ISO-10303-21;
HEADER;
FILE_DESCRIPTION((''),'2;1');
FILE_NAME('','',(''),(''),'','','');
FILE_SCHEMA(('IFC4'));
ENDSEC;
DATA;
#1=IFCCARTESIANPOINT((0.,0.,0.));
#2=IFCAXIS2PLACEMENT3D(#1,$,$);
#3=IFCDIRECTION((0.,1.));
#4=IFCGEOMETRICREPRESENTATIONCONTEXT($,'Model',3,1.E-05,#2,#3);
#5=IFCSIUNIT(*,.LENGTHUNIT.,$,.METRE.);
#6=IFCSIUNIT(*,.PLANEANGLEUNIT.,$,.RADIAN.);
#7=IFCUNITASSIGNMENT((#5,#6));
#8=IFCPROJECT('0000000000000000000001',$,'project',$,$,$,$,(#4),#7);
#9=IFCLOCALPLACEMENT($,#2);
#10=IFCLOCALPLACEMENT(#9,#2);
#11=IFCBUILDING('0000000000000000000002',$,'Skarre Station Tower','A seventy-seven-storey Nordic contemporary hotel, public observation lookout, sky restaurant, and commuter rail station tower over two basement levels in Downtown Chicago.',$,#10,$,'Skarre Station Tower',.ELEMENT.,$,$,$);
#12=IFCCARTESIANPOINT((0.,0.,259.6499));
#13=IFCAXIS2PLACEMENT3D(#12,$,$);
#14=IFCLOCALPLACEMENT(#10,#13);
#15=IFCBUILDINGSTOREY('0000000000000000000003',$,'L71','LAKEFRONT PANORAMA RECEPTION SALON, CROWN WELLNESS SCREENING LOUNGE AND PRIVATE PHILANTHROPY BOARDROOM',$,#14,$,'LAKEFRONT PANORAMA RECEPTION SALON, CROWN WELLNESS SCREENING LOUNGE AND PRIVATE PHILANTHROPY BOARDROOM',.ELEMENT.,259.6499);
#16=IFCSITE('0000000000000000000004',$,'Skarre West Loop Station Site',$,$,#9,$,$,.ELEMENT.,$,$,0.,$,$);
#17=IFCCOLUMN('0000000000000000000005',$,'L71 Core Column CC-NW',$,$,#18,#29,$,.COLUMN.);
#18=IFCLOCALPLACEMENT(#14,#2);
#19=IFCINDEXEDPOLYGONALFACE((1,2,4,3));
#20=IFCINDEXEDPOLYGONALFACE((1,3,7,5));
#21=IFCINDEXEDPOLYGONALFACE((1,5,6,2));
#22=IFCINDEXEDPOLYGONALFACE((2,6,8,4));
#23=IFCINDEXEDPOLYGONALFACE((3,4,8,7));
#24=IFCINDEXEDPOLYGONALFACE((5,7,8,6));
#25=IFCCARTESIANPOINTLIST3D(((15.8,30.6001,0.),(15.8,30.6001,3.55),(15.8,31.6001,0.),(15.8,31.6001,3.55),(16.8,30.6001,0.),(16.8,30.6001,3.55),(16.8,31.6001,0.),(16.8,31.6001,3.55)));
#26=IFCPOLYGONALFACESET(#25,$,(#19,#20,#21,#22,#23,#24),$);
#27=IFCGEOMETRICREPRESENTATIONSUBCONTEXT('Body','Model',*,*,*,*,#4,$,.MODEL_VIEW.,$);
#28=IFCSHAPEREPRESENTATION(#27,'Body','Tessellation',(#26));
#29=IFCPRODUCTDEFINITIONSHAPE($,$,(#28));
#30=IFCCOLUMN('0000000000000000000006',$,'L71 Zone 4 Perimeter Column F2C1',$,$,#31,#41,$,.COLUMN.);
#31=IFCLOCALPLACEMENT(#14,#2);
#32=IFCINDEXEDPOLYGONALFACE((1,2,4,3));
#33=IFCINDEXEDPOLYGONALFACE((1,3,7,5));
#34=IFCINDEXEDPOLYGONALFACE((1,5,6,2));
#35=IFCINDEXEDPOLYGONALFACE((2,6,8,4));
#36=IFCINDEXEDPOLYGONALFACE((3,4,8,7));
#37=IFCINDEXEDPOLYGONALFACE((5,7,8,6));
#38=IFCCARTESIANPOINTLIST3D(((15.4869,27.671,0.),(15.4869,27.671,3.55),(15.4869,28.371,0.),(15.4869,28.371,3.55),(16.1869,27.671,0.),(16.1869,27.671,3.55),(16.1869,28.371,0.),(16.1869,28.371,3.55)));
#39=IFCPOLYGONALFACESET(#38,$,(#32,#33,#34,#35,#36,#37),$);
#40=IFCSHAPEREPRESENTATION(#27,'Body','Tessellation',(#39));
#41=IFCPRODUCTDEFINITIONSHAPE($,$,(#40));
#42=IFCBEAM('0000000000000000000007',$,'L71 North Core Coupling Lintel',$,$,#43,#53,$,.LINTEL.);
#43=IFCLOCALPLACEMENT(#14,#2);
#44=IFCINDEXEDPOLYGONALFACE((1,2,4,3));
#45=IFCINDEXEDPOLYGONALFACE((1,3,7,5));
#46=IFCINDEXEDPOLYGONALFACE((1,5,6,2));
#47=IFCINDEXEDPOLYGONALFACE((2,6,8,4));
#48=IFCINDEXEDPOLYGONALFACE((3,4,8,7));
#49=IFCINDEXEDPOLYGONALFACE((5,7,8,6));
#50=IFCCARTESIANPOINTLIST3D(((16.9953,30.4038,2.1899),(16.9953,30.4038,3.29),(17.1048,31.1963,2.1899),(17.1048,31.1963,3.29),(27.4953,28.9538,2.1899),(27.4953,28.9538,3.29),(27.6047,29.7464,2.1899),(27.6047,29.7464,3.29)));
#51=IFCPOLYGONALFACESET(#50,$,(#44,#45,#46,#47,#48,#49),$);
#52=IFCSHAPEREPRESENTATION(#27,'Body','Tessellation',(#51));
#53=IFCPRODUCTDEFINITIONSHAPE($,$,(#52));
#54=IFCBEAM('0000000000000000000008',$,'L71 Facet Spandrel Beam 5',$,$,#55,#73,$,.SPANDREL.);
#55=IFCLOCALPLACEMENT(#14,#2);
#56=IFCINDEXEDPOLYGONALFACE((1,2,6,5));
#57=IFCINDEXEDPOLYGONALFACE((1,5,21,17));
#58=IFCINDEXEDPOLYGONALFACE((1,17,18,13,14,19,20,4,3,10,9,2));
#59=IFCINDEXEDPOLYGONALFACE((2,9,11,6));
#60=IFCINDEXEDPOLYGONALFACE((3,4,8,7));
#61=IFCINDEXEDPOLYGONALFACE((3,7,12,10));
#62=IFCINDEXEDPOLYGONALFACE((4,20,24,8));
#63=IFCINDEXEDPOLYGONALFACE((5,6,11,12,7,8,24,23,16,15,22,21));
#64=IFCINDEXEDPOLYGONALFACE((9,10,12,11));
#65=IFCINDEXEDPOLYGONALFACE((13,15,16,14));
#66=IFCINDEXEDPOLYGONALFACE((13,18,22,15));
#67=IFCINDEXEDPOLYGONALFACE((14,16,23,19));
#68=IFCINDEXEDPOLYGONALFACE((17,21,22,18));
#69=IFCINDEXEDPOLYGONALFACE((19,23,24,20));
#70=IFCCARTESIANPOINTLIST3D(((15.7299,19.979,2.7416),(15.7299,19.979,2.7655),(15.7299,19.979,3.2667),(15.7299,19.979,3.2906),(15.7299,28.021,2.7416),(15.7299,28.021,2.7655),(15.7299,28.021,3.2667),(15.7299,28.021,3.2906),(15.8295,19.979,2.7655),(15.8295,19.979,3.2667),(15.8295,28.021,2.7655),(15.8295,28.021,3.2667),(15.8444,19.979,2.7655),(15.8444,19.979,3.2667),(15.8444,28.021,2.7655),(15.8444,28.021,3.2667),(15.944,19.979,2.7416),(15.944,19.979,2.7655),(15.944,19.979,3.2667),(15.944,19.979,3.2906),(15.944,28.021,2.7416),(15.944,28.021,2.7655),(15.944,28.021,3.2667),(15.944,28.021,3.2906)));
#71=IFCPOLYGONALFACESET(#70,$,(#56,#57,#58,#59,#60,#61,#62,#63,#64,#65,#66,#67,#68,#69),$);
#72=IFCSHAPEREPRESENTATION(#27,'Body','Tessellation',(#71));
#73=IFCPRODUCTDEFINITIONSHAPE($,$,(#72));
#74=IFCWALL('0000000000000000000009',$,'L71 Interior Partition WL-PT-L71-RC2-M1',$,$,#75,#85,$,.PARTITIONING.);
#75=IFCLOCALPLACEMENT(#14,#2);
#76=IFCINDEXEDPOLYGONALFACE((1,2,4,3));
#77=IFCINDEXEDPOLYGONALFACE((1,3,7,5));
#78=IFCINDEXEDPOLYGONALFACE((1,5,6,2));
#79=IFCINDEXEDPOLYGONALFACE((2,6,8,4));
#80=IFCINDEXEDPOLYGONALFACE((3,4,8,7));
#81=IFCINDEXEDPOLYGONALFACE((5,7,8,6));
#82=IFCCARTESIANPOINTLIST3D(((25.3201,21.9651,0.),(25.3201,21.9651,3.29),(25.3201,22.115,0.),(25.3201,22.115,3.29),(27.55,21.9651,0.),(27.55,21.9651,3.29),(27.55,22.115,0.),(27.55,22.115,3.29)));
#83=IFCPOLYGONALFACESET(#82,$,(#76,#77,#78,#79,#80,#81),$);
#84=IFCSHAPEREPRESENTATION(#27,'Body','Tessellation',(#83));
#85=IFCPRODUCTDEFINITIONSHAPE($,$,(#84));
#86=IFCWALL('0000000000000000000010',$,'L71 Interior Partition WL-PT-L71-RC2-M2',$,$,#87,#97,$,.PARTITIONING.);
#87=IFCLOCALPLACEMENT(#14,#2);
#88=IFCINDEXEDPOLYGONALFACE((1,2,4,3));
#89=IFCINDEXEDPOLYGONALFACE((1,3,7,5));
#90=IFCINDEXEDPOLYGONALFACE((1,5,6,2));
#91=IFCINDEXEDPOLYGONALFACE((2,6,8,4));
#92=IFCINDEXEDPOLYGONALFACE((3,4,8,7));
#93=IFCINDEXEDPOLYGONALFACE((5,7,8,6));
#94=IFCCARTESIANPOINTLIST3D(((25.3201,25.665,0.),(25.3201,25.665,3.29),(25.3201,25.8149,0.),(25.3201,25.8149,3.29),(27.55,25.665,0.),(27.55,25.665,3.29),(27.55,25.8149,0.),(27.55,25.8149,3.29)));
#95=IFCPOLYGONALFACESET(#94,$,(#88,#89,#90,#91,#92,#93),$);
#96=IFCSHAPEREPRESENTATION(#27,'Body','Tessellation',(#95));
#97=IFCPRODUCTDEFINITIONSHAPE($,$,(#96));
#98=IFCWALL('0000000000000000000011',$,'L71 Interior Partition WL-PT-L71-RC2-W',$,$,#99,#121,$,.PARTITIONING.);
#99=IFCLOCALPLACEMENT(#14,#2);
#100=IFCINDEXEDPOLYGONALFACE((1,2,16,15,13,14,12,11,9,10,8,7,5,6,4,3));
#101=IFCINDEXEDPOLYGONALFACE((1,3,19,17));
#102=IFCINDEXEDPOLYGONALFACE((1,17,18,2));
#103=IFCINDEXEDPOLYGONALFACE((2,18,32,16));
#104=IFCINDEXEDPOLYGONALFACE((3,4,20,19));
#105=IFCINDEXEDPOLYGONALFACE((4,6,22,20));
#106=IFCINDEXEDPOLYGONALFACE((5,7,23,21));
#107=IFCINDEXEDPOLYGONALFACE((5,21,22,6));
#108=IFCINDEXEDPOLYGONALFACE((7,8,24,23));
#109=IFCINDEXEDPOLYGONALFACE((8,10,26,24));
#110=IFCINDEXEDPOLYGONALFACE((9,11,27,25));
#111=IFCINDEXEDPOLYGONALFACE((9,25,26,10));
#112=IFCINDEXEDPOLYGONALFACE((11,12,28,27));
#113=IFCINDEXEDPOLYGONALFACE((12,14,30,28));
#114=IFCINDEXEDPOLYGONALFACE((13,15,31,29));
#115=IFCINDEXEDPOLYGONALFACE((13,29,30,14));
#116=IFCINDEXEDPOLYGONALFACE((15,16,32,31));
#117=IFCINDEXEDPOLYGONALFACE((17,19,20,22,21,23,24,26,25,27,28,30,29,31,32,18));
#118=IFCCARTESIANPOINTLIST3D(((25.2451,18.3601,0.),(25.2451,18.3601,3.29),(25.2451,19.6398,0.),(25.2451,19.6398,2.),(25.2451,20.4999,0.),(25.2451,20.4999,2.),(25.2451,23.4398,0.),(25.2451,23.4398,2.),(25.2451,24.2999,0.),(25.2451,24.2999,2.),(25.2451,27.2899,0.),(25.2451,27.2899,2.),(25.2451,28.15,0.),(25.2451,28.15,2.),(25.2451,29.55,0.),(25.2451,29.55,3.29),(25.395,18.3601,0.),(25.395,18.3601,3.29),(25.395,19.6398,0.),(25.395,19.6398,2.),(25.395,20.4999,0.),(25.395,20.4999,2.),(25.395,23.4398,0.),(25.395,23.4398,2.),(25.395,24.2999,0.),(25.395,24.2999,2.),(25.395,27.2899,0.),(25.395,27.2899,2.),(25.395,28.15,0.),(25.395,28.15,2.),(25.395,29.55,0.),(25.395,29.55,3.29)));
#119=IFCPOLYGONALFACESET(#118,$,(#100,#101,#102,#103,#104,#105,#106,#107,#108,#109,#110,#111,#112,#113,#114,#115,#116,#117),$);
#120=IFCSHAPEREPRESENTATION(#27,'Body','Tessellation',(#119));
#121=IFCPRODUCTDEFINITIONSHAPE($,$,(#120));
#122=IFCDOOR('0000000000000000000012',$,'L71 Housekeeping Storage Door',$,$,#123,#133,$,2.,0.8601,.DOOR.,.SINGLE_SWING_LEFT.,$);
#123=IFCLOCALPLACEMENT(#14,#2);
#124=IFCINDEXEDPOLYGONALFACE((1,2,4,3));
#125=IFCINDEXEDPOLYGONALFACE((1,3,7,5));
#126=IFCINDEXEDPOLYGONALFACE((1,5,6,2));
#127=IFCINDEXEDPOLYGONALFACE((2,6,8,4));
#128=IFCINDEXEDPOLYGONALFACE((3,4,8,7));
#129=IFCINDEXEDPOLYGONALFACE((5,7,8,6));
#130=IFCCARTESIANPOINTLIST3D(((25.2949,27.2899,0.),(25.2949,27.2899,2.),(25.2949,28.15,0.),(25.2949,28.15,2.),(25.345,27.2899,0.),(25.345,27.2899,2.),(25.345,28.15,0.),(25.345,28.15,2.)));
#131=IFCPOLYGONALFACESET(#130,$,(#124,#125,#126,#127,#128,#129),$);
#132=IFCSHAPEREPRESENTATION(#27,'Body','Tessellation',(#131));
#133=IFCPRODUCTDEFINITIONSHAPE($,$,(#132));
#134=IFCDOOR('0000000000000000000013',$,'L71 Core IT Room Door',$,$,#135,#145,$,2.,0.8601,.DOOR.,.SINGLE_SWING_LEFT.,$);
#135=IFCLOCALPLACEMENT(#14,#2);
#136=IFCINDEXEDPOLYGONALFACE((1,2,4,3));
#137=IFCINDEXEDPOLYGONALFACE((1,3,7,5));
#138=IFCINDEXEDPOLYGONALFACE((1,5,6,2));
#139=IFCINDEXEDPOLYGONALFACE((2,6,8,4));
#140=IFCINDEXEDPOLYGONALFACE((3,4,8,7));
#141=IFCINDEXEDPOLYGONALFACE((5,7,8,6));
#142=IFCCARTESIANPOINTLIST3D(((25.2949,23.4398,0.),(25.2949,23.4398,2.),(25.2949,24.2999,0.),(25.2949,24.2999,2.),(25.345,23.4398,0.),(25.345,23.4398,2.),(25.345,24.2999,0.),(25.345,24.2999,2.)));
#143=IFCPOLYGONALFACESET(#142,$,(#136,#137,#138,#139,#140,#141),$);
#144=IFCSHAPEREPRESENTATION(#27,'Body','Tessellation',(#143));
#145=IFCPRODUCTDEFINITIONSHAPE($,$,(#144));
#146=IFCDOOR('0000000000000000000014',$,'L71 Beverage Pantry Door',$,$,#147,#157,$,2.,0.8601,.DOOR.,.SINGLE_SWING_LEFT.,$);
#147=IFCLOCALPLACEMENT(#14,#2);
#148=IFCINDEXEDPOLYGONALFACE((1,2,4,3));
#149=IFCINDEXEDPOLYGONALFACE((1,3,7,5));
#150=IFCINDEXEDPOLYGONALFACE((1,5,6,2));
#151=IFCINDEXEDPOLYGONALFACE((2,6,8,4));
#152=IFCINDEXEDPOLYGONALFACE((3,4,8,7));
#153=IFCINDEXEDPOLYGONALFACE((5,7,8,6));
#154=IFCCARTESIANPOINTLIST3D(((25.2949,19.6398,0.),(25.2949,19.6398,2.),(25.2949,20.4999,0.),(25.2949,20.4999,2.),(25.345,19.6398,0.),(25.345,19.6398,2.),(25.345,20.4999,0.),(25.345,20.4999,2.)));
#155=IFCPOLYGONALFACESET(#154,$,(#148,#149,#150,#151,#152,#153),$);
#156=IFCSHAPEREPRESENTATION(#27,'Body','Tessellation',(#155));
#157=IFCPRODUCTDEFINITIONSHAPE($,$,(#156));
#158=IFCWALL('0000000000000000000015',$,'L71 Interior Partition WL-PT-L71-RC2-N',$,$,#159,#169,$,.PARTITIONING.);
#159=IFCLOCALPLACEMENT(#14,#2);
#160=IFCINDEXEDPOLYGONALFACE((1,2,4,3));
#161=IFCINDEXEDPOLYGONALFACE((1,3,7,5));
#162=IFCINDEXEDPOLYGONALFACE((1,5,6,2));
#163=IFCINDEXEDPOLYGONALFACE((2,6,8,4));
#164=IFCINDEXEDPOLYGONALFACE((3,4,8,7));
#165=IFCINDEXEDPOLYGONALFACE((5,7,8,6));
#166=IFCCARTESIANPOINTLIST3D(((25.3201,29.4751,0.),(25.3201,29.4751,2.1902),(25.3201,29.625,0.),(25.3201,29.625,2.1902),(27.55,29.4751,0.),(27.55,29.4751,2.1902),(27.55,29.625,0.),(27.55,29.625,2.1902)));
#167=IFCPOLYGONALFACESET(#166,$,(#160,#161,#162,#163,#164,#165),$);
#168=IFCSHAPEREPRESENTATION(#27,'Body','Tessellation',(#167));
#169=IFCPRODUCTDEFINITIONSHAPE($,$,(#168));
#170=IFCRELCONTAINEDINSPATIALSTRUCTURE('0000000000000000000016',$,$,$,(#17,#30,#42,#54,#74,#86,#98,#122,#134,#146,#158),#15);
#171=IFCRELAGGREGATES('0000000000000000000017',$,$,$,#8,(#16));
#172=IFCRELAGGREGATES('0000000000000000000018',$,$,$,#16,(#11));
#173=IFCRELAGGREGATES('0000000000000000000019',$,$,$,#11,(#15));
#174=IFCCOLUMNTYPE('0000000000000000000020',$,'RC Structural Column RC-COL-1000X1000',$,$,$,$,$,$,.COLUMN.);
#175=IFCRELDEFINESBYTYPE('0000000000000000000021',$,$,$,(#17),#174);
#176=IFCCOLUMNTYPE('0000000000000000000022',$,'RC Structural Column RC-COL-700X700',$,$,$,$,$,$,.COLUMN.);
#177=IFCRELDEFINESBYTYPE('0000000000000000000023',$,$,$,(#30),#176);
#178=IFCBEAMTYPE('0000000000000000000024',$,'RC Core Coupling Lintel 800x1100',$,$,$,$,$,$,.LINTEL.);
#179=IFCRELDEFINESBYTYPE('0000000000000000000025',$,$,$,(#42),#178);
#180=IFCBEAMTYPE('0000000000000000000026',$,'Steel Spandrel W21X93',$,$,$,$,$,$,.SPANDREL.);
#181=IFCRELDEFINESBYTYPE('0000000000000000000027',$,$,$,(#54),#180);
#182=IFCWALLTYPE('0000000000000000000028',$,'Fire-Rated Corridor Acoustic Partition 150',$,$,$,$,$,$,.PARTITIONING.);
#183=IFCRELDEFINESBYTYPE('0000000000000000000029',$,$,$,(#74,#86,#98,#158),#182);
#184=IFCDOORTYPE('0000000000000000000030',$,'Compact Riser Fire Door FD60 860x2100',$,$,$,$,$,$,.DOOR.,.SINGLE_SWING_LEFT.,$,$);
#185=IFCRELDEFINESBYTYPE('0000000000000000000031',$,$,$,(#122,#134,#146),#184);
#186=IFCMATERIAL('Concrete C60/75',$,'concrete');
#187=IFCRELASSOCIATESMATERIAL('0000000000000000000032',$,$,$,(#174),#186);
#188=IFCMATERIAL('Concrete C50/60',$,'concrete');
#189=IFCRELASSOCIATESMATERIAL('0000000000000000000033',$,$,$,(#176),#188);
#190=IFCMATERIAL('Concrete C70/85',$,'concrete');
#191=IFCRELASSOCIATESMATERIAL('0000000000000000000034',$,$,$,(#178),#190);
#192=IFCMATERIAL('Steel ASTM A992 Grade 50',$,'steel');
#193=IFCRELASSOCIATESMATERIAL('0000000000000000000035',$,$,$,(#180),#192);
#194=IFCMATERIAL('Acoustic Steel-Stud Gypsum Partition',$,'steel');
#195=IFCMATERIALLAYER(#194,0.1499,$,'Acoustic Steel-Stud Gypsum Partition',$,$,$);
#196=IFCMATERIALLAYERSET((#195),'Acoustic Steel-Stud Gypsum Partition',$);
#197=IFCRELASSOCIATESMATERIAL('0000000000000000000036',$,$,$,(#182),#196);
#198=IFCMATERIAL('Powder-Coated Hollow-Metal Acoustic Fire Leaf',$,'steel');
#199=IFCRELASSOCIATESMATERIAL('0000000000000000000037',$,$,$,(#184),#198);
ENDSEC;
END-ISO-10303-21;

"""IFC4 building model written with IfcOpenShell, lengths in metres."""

from ifc_helpers import new_model, si_unit, direction, frame, frame_2d, origin, origin_2d, place, context, subcontext, project, spatial, rectangle, i_section, extrude, material, layer, layer_set, material_profile, profile_set, type_object, element, fill, save


model = new_model("IFC4")

# Units and contexts
model_context = context("Model", 3, precision=1e-05, world=origin(), true_north=direction((0.0, 1.0)))
body_context = subcontext(model_context, "Body", "Model", "MODEL_VIEW")
ifc_project = project(units=[si_unit("LENGTHUNIT", "METRE"), si_unit("PLANEANGLEUNIT", "RADIAN")], contexts=[model_context])

# Site, building, storey
site_placement = place(None, origin())
site = spatial("IfcSite", under=ifc_project, at=site_placement, Name="Skarre West Loop Station Site", CompositionType="ELEMENT", RefElevation=0.0)
building_placement = place(site_placement, origin())
building = spatial("IfcBuilding", under=site, at=building_placement, Name="Skarre Station Tower", Description="A seventy-seven-storey Nordic contemporary hotel, public observation lookout, sky restaurant, and commuter rail station tower over two basement levels in Downtown Chicago.", LongName="Skarre Station Tower", CompositionType="ELEMENT")
storey_placement = place(building_placement, frame((0.0, 0.0, 259.6499)))
storey = spatial("IfcBuildingStorey", under=building, at=storey_placement, Name="L71", Description="LAKEFRONT PANORAMA RECEPTION SALON, CROWN WELLNESS SCREENING LOUNGE AND PRIVATE PHILANTHROPY BOARDROOM", LongName="LAKEFRONT PANORAMA RECEPTION SALON, CROWN WELLNESS SCREENING LOUNGE AND PRIVATE PHILANTHROPY BOARDROOM", CompositionType="ELEMENT", Elevation=259.6499)

# Columns
ifc_material_1 = material(Name="Concrete C60/75", Category="concrete")
ifc_material_profile_1 = material_profile(ifc_material_1, rectangle(XDim=1.0, YDim=1.0, at=origin_2d()), Name="Concrete C60/75")
ifc_profile_set_1 = profile_set([ifc_material_profile_1], Name="Concrete C60/75")
column_type_1 = type_object("IfcColumnType", Name="RC Structural Column RC-COL-1000X1000", PredefinedType="COLUMN", material=ifc_profile_set_1)
column_1_placement = place(storey_placement, frame((16.3, 31.1001, 0.0), z_axis=(0.0, 0.0, 1.0), x_axis=(1.0, 0.0, 0.0)))
element("IfcColumn", 1, at=column_1_placement, inside=storey, type_object=column_type_1, Name="L71 Core Column CC-NW", PredefinedType="COLUMN", context=body_context, shape_type="SweptSolid", body=[
    extrude(rectangle(XDim=1.0, YDim=1.0, at=origin_2d()), origin(), (0.0, 0.0, 1.0), 3.55),
])
ifc_material_2 = material(Name="Concrete C50/60", Category="concrete")
ifc_material_profile_2 = material_profile(ifc_material_2, rectangle(XDim=0.7, YDim=0.7, at=origin_2d()), Name="Concrete C50/60")
ifc_profile_set_2 = profile_set([ifc_material_profile_2], Name="Concrete C50/60")
column_type_2 = type_object("IfcColumnType", Name="RC Structural Column RC-COL-700X700", PredefinedType="COLUMN", material=ifc_profile_set_2)
column_2_placement = place(storey_placement, frame((15.8369, 28.021, 0.0), z_axis=(0.0, 0.0, 1.0), x_axis=(1.0, 0.0, 0.0)))
element("IfcColumn", 2, at=column_2_placement, inside=storey, type_object=column_type_2, Name="L71 Zone 4 Perimeter Column F2C1", PredefinedType="COLUMN", context=body_context, shape_type="SweptSolid", body=[
    extrude(rectangle(XDim=0.7, YDim=0.7, at=origin_2d()), origin(), (0.0, 0.0, 1.0), 3.55),
])

# Beams
ifc_material_3 = material(Name="Concrete C70/85", Category="concrete")
ifc_material_profile_3 = material_profile(ifc_material_3, rectangle(XDim=0.8, YDim=1.1001, at=origin_2d()), Name="Concrete C70/85")
ifc_profile_set_3 = profile_set([ifc_material_profile_3], Name="Concrete C70/85")
beam_type_1 = type_object("IfcBeamType", Name="RC Core Coupling Lintel 800x1100", PredefinedType="LINTEL", material=ifc_profile_set_3)
beam_1_placement = place(storey_placement, frame((17.05, 30.8, 2.74), z_axis=(0.9906, -0.136792, 0.0), x_axis=(0.136792, 0.9906, 0.0)))
element("IfcBeam", 3, at=beam_1_placement, inside=storey, type_object=beam_type_1, Name="L71 North Core Coupling Lintel", PredefinedType="LINTEL", context=body_context, shape_type="SweptSolid", body=[
    extrude(rectangle(XDim=0.8, YDim=1.1001, at=origin_2d()), origin(), (0.0, 0.0, 1.0), 10.5996),
])
ifc_material_4 = material(Name="Steel ASTM A992 Grade 50", Category="steel")
ifc_material_profile_4 = material_profile(ifc_material_4, i_section(OverallWidth=0.2141, OverallDepth=0.5491, WebThickness=0.0149, FlangeThickness=0.0239, at=origin_2d()), Name="Steel ASTM A992 Grade 50")
ifc_profile_set_4 = profile_set([ifc_material_profile_4], Name="Steel ASTM A992 Grade 50")
beam_type_2 = type_object("IfcBeamType", Name="Steel Spandrel W21X93", PredefinedType="SPANDREL", material=ifc_profile_set_4)
beam_2_placement = place(storey_placement, frame((15.8369, 28.021, 3.0161), z_axis=(0.0, -1.0, 0.0), x_axis=(1.0, 0.0, 0.0)))
element("IfcBeam", 4, at=beam_2_placement, inside=storey, type_object=beam_type_2, Name="L71 Facet Spandrel Beam 5", PredefinedType="SPANDREL", context=body_context, shape_type="SweptSolid", body=[
    extrude(i_section(OverallWidth=0.2141, OverallDepth=0.5491, WebThickness=0.0149, FlangeThickness=0.0239, at=origin_2d()), origin(), (0.0, 0.0, 1.0), 8.042),
])

# Walls
ifc_material_5 = material(Name="Acoustic Steel-Stud Gypsum Partition", Category="steel")
ifc_layer_1 = layer(ifc_material_5, 0.1499, Name="Acoustic Steel-Stud Gypsum Partition")
ifc_layer_set_1 = layer_set([ifc_layer_1], Name="Acoustic Steel-Stud Gypsum Partition")
wall_type_1 = type_object("IfcWallType", Name="Fire-Rated Corridor Acoustic Partition 150", PredefinedType="PARTITIONING", material=ifc_layer_set_1)
for number, where, z_axis, x_axis, name in (
    (5, (25.3201, 22.04, 0.0), (0.0, 0.0, 1.0), (1.0, 0.0, 0.0), "L71 Interior Partition WL-PT-L71-RC2-M1"),
    (6, (25.3201, 25.74, 0.0), (0.0, 0.0, 1.0), (1.0, 0.0, 0.0), "L71 Interior Partition WL-PT-L71-RC2-M2"),
):
    element("IfcWall", number, at=place(storey_placement, frame(where, z_axis=z_axis, x_axis=x_axis)), inside=storey, type_object=wall_type_1, Name=name, PredefinedType="PARTITIONING", context=body_context, shape_type="SweptSolid", body=[
        extrude(rectangle(XDim=2.23, YDim=0.1499, at=frame_2d((1.115, 0.0))), origin(), (0.0, 0.0, 1.0), 3.29),
    ])

# Wall, openings, doors
wall_1_placement = place(storey_placement, frame((25.3201, 29.55, 0.0), z_axis=(0.0, 0.0, 1.0), x_axis=(0.0, -1.0, 0.0)))
wall_1 = element("IfcWall", 7, at=wall_1_placement, inside=storey, type_object=wall_type_1, Name="L71 Interior Partition WL-PT-L71-RC2-W", PredefinedType="PARTITIONING", context=body_context, shape_type="SweptSolid", body=[
    extrude(rectangle(XDim=11.1899, YDim=0.1499, at=frame_2d((5.595, 0.0))), origin(), (0.0, 0.0, 1.0), 3.29),
])
opening_1_placement = place(wall_1_placement, frame((1.3999, 0.0, 0.0)))
opening_1 = element("IfcOpeningElement", 8, at=opening_1_placement, cuts=wall_1, PredefinedType="OPENING", context=body_context, shape_type="SweptSolid", body=[
    extrude(rectangle(XDim=0.8601, YDim=2.0, at=frame_2d((0.4302, 1.0))), frame((0.0, 0.085, 0.0), z_axis=(0.0, -1.0, 0.0), x_axis=(1.0, 0.0, 0.0)), (0.0, 0.0, 1.0), 0.1699),
])
opening_2_placement = place(wall_1_placement, frame((5.25, 0.0, 0.0)))
opening_2 = element("IfcOpeningElement", 9, at=opening_2_placement, cuts=wall_1, PredefinedType="OPENING", context=body_context, shape_type="SweptSolid", body=[
    extrude(rectangle(XDim=0.8601, YDim=2.0, at=frame_2d((0.4302, 1.0))), frame((0.0, 0.085, 0.0), z_axis=(0.0, -1.0, 0.0), x_axis=(1.0, 0.0, 0.0)), (0.0, 0.0, 1.0), 0.1699),
])
opening_3_placement = place(wall_1_placement, frame((9.05, 0.0, 0.0)))
opening_3 = element("IfcOpeningElement", 10, at=opening_3_placement, cuts=wall_1, PredefinedType="OPENING", context=body_context, shape_type="SweptSolid", body=[
    extrude(rectangle(XDim=0.8601, YDim=2.0, at=frame_2d((0.4302, 1.0))), frame((0.0, 0.085, 0.0), z_axis=(0.0, -1.0, 0.0), x_axis=(1.0, 0.0, 0.0)), (0.0, 0.0, 1.0), 0.1699),
])
ifc_material_6 = material(Name="Powder-Coated Hollow-Metal Acoustic Fire Leaf", Category="steel")
door_type_1 = type_object("IfcDoorType", Name="Compact Riser Fire Door FD60 860x2100", OperationType="SINGLE_SWING_LEFT", PredefinedType="DOOR", material=ifc_material_6)
door_1_placement = place(opening_1_placement, origin())
door_1 = element("IfcDoor", 11, at=door_1_placement, inside=storey, type_object=door_type_1, Name="L71 Housekeeping Storage Door", OperationType="SINGLE_SWING_LEFT", OverallHeight=2.0, OverallWidth=0.8601, PredefinedType="DOOR", context=body_context, shape_type="SweptSolid", body=[
    extrude(rectangle(XDim=0.8601, YDim=2.0, at=frame_2d((0.4302, 1.0))), frame((0.0, 0.0249, 0.0), z_axis=(0.0, -1.0, 0.0), x_axis=(1.0, 0.0, 0.0)), (0.0, 0.0, 1.0), 0.05),
])
fill(opening_1, door_1)
door_2_placement = place(opening_2_placement, origin())
door_2 = element("IfcDoor", 12, at=door_2_placement, inside=storey, type_object=door_type_1, Name="L71 Core IT Room Door", OperationType="SINGLE_SWING_LEFT", OverallHeight=2.0, OverallWidth=0.8601, PredefinedType="DOOR", context=body_context, shape_type="SweptSolid", body=[
    extrude(rectangle(XDim=0.8601, YDim=2.0, at=frame_2d((0.4302, 1.0))), frame((0.0, 0.0249, 0.0), z_axis=(0.0, -1.0, 0.0), x_axis=(1.0, 0.0, 0.0)), (0.0, 0.0, 1.0), 0.05),
])
fill(opening_2, door_2)
door_3_placement = place(opening_3_placement, origin())
door_3 = element("IfcDoor", 13, at=door_3_placement, inside=storey, type_object=door_type_1, Name="L71 Beverage Pantry Door", OperationType="SINGLE_SWING_LEFT", OverallHeight=2.0, OverallWidth=0.8601, PredefinedType="DOOR", context=body_context, shape_type="SweptSolid", body=[
    extrude(rectangle(XDim=0.8601, YDim=2.0, at=frame_2d((0.4302, 1.0))), frame((0.0, 0.0249, 0.0), z_axis=(0.0, -1.0, 0.0), x_axis=(1.0, 0.0, 0.0)), (0.0, 0.0, 1.0), 0.05),
])
fill(opening_3, door_3)

# Wall
wall_2_placement = place(storey_placement, frame((27.55, 29.55, 0.0), z_axis=(0.0, 0.0, 1.0), x_axis=(-1.0, 0.0, 0.0)))
element("IfcWall", 14, at=wall_2_placement, inside=storey, type_object=wall_type_1, Name="L71 Interior Partition WL-PT-L71-RC2-N", PredefinedType="PARTITIONING", context=body_context, shape_type="SweptSolid", body=[
    extrude(rectangle(XDim=2.23, YDim=0.1499, at=frame_2d((1.115, 0.0))), origin(), (0.0, 0.0, 1.0), 2.1902),
])

save(model, "model.ifc")
